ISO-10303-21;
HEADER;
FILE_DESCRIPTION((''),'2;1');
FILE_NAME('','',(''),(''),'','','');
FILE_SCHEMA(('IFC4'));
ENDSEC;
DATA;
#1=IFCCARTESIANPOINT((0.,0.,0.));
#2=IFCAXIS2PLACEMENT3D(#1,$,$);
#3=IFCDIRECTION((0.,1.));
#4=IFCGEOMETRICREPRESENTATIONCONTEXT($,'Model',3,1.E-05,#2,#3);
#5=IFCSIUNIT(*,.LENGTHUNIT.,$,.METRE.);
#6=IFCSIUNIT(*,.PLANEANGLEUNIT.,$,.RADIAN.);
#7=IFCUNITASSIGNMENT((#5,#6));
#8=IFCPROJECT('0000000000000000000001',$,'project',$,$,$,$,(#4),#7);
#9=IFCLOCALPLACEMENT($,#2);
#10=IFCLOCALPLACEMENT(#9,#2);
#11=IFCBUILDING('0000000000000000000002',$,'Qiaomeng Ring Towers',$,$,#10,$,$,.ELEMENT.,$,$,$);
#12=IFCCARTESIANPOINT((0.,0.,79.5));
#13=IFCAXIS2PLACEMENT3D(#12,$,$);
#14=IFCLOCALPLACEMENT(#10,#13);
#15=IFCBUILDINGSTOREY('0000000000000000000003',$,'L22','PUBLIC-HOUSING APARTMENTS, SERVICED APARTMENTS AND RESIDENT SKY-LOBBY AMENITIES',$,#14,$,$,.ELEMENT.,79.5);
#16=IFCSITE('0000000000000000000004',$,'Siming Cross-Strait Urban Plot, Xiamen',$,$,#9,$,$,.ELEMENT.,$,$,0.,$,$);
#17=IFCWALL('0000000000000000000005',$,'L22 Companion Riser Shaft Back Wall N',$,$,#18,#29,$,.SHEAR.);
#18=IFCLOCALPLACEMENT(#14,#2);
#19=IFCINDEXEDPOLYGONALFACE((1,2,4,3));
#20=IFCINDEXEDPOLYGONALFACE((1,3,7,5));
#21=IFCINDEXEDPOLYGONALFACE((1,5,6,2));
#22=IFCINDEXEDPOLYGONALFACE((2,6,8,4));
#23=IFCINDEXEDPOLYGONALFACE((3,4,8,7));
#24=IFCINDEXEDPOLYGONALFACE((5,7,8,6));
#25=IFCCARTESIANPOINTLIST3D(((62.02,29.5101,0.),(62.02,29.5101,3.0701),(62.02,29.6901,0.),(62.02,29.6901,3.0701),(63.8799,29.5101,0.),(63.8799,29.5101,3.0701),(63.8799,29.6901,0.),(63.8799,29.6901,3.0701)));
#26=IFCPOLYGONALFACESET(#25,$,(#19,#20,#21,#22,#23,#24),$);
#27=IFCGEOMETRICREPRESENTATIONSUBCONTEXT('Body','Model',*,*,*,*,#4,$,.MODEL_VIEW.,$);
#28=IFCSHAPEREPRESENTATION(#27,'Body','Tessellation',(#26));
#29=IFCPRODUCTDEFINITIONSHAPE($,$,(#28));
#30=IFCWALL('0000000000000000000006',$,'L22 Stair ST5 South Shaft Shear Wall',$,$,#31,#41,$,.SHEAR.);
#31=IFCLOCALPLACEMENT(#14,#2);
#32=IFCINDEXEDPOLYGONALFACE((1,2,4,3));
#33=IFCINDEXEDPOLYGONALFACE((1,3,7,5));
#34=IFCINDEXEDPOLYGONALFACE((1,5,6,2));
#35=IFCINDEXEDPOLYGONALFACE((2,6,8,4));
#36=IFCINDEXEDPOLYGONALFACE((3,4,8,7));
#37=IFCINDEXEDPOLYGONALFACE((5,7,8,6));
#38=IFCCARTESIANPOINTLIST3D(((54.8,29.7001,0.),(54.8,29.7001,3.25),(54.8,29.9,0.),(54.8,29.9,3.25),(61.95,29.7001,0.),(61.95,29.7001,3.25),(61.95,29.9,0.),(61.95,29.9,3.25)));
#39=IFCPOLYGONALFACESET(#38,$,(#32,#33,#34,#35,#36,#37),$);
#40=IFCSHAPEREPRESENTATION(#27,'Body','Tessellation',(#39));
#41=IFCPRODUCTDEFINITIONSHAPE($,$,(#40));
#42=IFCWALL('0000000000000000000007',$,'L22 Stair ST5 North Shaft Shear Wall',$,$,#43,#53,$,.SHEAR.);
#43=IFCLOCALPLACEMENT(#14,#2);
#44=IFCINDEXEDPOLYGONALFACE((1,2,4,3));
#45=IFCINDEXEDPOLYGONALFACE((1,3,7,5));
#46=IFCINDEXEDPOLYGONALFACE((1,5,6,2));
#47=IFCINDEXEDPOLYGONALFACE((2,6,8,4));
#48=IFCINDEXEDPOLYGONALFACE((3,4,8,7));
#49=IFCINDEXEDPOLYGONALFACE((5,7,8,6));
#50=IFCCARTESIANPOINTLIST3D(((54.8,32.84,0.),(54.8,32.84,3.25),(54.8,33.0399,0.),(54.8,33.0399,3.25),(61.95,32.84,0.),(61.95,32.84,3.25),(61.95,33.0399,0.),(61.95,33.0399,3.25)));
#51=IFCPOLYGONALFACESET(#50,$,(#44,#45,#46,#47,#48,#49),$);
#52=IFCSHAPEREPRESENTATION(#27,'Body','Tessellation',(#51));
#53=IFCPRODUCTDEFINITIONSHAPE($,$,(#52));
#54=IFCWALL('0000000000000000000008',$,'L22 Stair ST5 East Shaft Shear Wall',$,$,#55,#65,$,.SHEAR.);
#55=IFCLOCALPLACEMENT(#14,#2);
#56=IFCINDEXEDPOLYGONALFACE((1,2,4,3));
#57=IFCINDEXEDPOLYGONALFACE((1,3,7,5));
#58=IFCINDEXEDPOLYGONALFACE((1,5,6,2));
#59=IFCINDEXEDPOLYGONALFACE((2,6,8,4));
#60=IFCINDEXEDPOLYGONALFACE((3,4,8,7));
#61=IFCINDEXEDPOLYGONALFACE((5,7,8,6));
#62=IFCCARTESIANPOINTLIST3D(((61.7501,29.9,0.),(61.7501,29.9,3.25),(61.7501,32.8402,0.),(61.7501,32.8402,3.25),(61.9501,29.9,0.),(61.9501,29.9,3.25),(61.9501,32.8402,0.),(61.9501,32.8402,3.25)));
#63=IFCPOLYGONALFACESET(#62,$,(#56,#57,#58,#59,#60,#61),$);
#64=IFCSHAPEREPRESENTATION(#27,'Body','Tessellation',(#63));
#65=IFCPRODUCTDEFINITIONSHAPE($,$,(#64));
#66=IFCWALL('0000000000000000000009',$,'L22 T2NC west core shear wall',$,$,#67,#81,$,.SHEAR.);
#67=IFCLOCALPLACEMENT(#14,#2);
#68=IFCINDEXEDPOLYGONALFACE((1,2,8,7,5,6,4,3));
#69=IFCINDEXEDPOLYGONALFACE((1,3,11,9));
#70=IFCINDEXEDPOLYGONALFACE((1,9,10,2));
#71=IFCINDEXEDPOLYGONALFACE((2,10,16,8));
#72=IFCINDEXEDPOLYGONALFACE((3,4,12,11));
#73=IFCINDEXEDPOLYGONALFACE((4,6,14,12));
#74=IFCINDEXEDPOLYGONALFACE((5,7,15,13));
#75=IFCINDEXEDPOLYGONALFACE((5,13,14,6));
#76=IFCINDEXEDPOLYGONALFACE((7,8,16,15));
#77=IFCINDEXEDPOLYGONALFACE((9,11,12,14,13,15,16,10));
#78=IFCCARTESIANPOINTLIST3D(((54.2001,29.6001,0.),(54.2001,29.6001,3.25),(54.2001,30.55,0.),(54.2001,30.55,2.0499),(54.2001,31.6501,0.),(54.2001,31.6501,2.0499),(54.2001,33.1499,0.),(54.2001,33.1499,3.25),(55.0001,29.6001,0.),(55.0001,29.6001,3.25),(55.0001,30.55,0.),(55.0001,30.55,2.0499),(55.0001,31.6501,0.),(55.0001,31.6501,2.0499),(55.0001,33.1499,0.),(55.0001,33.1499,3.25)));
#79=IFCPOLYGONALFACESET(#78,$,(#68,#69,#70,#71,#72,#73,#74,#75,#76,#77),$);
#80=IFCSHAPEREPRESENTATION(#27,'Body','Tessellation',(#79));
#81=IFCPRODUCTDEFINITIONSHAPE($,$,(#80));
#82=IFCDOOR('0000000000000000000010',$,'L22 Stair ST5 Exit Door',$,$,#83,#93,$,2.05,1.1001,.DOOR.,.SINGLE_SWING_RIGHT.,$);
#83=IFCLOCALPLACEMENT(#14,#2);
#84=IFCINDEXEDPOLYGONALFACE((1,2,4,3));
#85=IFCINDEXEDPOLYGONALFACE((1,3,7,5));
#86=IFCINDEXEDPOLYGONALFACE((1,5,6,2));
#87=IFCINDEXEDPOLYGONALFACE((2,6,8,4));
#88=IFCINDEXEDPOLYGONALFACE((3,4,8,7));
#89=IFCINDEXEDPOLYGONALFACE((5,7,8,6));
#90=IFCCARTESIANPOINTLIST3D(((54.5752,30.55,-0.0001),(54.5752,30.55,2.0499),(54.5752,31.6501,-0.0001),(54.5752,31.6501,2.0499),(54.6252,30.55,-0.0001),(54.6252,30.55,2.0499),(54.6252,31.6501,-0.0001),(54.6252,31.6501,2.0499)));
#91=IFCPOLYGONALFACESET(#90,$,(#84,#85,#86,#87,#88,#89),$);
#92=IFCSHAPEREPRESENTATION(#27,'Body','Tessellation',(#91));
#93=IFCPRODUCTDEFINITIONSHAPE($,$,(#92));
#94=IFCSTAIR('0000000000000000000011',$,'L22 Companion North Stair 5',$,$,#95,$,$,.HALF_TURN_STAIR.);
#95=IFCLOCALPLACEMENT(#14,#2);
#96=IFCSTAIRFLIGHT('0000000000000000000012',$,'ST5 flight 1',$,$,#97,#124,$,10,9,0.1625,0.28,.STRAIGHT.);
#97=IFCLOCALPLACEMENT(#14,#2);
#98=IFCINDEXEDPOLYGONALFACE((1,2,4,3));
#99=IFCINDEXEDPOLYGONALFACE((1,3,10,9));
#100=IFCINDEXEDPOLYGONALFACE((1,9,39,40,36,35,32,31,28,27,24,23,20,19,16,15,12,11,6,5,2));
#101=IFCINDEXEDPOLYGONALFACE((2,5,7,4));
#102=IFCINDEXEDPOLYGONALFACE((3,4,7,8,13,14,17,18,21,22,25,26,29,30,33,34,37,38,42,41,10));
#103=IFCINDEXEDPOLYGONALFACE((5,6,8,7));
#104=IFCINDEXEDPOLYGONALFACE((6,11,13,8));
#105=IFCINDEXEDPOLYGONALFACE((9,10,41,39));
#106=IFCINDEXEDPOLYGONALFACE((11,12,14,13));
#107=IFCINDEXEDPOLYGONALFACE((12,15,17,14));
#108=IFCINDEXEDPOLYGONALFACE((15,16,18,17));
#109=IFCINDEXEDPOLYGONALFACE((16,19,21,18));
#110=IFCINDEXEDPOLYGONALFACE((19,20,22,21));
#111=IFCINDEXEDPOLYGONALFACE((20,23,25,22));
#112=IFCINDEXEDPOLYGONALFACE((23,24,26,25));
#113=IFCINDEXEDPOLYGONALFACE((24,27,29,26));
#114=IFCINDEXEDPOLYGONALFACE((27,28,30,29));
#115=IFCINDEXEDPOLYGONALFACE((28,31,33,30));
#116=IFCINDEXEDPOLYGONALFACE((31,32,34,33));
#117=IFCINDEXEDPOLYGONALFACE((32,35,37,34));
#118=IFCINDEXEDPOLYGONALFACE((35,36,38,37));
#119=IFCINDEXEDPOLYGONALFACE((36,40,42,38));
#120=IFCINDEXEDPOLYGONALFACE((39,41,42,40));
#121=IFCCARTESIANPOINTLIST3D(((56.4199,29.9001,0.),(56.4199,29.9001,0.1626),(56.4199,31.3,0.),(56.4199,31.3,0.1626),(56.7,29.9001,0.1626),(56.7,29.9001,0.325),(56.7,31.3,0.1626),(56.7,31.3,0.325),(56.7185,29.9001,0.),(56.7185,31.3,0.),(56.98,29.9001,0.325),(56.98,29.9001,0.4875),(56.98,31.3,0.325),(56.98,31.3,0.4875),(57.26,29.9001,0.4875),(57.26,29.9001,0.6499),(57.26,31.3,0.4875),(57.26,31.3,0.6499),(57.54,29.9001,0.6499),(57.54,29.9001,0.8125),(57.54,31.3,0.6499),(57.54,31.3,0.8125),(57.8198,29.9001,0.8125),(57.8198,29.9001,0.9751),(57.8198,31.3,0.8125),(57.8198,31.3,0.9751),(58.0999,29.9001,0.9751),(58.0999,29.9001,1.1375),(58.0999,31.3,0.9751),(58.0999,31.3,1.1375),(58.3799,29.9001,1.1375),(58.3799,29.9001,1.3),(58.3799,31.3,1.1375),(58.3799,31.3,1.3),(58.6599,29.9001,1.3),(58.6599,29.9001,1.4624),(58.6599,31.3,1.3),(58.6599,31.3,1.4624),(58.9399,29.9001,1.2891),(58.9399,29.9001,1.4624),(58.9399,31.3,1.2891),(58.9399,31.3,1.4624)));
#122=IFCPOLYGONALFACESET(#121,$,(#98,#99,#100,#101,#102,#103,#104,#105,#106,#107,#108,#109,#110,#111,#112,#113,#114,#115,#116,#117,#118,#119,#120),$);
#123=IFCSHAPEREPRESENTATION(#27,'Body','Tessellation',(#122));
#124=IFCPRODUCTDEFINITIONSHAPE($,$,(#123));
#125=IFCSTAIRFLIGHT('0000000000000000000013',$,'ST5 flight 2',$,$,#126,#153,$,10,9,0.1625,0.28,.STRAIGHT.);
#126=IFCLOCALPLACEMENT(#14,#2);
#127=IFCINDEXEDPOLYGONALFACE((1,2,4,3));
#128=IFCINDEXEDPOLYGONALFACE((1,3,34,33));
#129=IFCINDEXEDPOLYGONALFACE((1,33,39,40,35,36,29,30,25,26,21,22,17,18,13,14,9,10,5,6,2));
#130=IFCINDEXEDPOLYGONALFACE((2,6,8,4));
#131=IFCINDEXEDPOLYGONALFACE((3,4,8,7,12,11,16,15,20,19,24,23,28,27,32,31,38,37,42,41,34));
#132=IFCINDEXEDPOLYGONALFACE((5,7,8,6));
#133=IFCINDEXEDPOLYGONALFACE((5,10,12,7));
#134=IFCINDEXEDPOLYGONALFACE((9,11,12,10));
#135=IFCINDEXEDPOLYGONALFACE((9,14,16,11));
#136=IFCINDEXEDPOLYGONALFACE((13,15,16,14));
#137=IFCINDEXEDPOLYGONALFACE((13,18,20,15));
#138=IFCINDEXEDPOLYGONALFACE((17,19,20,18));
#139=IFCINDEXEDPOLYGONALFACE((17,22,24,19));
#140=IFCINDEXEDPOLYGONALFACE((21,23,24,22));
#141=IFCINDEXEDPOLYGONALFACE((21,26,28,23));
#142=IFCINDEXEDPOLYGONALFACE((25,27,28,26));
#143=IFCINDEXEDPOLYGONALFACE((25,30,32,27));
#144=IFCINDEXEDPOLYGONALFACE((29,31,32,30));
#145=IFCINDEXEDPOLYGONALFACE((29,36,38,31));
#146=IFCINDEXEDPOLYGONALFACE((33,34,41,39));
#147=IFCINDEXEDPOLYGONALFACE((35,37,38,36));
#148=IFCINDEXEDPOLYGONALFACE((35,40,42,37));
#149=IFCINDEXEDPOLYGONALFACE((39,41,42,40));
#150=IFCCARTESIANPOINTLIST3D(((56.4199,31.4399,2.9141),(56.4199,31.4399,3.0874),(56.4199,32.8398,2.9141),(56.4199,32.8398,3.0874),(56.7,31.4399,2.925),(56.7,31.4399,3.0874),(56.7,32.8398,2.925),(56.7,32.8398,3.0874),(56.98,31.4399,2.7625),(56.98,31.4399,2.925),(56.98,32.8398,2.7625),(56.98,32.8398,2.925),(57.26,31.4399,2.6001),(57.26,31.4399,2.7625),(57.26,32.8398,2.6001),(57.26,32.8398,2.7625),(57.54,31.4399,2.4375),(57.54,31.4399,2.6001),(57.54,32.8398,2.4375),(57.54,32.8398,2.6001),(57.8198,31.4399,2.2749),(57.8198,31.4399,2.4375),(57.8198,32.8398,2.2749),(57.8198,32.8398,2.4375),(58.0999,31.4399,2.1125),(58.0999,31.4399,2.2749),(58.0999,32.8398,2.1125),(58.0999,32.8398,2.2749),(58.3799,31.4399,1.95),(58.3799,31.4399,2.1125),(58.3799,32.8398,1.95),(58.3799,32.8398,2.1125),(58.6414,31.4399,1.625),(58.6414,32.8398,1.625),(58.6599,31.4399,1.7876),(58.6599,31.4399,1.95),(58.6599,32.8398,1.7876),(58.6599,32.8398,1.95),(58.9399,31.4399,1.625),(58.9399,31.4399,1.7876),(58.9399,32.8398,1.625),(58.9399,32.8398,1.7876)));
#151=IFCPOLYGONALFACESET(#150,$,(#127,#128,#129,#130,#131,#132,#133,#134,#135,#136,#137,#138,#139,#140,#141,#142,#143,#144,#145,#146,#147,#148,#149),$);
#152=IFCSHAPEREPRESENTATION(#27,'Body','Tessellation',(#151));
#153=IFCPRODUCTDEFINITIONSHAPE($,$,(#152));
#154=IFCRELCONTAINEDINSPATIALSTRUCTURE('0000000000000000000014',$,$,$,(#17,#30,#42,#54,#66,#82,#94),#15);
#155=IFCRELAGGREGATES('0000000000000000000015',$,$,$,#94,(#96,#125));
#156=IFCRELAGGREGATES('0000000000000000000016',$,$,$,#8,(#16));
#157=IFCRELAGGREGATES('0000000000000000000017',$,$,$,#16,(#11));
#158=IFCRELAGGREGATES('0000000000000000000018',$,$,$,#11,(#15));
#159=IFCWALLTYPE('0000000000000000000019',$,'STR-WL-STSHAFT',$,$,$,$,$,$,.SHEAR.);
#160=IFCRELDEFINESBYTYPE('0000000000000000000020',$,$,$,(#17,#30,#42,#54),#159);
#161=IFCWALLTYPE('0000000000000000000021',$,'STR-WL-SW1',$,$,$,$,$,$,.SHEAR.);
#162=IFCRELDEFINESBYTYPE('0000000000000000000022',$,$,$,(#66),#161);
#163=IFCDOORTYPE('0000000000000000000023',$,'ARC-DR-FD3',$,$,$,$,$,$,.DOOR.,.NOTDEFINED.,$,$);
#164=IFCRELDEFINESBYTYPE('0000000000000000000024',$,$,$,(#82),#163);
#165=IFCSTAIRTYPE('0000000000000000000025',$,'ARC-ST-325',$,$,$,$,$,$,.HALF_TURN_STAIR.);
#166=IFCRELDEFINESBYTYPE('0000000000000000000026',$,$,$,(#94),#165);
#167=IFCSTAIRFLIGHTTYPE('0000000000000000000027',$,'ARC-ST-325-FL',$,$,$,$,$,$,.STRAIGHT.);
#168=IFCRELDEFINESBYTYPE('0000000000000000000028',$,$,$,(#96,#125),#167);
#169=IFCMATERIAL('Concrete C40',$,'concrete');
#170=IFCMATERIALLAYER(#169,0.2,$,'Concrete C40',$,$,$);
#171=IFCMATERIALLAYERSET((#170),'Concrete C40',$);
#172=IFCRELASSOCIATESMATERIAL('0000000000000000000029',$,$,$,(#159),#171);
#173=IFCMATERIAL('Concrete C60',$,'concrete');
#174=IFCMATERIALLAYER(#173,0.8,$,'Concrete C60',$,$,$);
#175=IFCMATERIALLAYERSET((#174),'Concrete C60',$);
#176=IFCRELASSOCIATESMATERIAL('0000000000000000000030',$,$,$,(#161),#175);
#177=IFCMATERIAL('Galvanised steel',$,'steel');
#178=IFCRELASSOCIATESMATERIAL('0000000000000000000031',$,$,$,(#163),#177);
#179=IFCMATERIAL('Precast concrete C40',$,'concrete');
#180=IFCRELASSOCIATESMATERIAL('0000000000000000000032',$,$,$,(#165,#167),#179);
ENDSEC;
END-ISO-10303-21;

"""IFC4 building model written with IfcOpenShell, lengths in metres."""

from ifc_helpers import new_model, si_unit, direction, frame, frame_2d, origin, place, context, subcontext, project, spatial, polyline, rectangle, outline, extrude, source, transform, mapped, material, layer, layer_set, type_object, element, fill, aggregate, save


model = new_model("IFC4")

# Units and contexts
model_context = context("Model", 3, precision=1e-05, world=origin(), true_north=direction((0.0, 1.0)))
body_context = subcontext(model_context, "Body", "Model", "MODEL_VIEW")
ifc_project = project(units=[si_unit("LENGTHUNIT", "METRE"), si_unit("PLANEANGLEUNIT", "RADIAN")], contexts=[model_context])

# Site, building, storey
site_placement = place(None, origin())
site = spatial("IfcSite", under=ifc_project, at=site_placement, Name="Siming Cross-Strait Urban Plot, Xiamen", CompositionType="ELEMENT", RefElevation=0.0)
building_placement = place(site_placement, origin())
building = spatial("IfcBuilding", under=site, at=building_placement, Name="Qiaomeng Ring Towers", CompositionType="ELEMENT")
storey_placement = place(building_placement, frame((0.0, 0.0, 79.5)))
storey = spatial("IfcBuildingStorey", under=building, at=storey_placement, Name="L22", Description="PUBLIC-HOUSING APARTMENTS, SERVICED APARTMENTS AND RESIDENT SKY-LOBBY AMENITIES", CompositionType="ELEMENT", Elevation=79.5)

# Walls
ifc_material_1 = material(Name="Concrete C40", Category="concrete")
ifc_layer_1 = layer(ifc_material_1, 0.2, Name="Concrete C40")
ifc_layer_set_1 = layer_set([ifc_layer_1], Name="Concrete C40")
wall_type_1 = type_object("IfcWallType", Name="STR-WL-STSHAFT", PredefinedType="SHEAR", material=ifc_layer_set_1)
for number, where, z_axis, x_axis, name in (
    (1, (62.02, 29.6001, 0.0), (0.0, 0.0, 1.0), (1.0, 0.0, 0.0), "L22 Companion Riser Shaft Back Wall N"),
):
    element("IfcWall", number, at=place(storey_placement, frame(where, z_axis=z_axis, x_axis=x_axis)), inside=storey, type_object=wall_type_1, Name=name, PredefinedType="SHEAR", context=body_context, shape_type="SweptSolid", body=[
        extrude(rectangle(XDim=1.8599, YDim=0.1799, at=frame_2d((0.9299, 0.0))), origin(), (0.0, 0.0, 1.0), 3.0701),
    ])
for number, where, z_axis, x_axis, name in (
    (2, (54.8, 29.8, 0.0), (0.0, 0.0, 1.0), (1.0, 0.0, 0.0), "L22 Stair ST5 South Shaft Shear Wall"),
    (3, (54.8, 32.9399, 0.0), (0.0, 0.0, 1.0), (1.0, 0.0, 0.0), "L22 Stair ST5 North Shaft Shear Wall"),
):
    element("IfcWall", number, at=place(storey_placement, frame(where, z_axis=z_axis, x_axis=x_axis)), inside=storey, type_object=wall_type_1, Name=name, PredefinedType="SHEAR", context=body_context, shape_type="SweptSolid", body=[
        extrude(rectangle(XDim=7.1499, YDim=0.2, at=frame_2d((3.575, 0.0))), origin(), (0.0, 0.0, 1.0), 3.25),
    ])
wall_1_placement = place(storey_placement, frame((61.8501, 29.8999, 0.0), z_axis=(0.0, 0.0, 1.0), x_axis=(0.0, 1.0, 0.0)))
element("IfcWall", 4, at=wall_1_placement, inside=storey, type_object=wall_type_1, Name="L22 Stair ST5 East Shaft Shear Wall", PredefinedType="SHEAR", context=body_context, shape_type="SweptSolid", body=[
    extrude(rectangle(XDim=2.9402, YDim=0.2, at=frame_2d((1.4702, 0.0))), origin(), (0.0, 0.0, 1.0), 3.25),
])

# Wall, opening, door
ifc_material_2 = material(Name="Concrete C60", Category="concrete")
ifc_layer_2 = layer(ifc_material_2, 0.8, Name="Concrete C60")
ifc_layer_set_2 = layer_set([ifc_layer_2], Name="Concrete C60")
wall_type_2 = type_object("IfcWallType", Name="STR-WL-SW1", PredefinedType="SHEAR", material=ifc_layer_set_2)
wall_2_placement = place(storey_placement, frame((54.6001, 29.6001, 0.0), z_axis=(0.0, 0.0, 1.0), x_axis=(0.0, 1.0, 0.0)))
wall_2 = element("IfcWall", 5, at=wall_2_placement, inside=storey, type_object=wall_type_2, Name="L22 T2NC west core shear wall", PredefinedType="SHEAR", context=body_context, shape_type="SweptSolid", body=[
    extrude(rectangle(XDim=3.5498, YDim=0.8, at=frame_2d((1.7749, 0.0))), origin(), (0.0, 0.0, 1.0), 3.25),
])
opening_placement = place(wall_2_placement, frame((0.95, 0.0, 0.0)))
opening = element("IfcOpeningElement", 6, at=opening_placement, cuts=wall_2, PredefinedType="OPENING", context=body_context, shape_type="SweptSolid", body=[
    extrude(rectangle(XDim=1.1001, YDim=2.05, at=frame_2d((0.55, 1.0249))), frame((0.0, 0.4099, 0.0), z_axis=(0.0, -1.0, 0.0), x_axis=(1.0, 0.0, 0.0)), (0.0, 0.0, 1.0), 0.8201),
])
ifc_material_3 = material(Name="Galvanised steel", Category="steel")
door_type = type_object("IfcDoorType", Name="ARC-DR-FD3", OperationType="NOTDEFINED", PredefinedType="DOOR", material=ifc_material_3)
shared_shape_1 = source(origin(), body_context, "Body", "SweptSolid", [
    extrude(rectangle(XDim=1.1001, YDim=2.05, at=frame_2d((0.55, 1.0249))), frame((0.0, 0.0249, 0.0), z_axis=(0.0, -1.0, 0.0), x_axis=(1.0, 0.0, 0.0)), (0.0, 0.0, 1.0), 0.05),
])
door_placement = place(opening_placement, origin())
door = element("IfcDoor", 7, at=door_placement, inside=storey, type_object=door_type, Name="L22 Stair ST5 Exit Door", OperationType="SINGLE_SWING_RIGHT", OverallHeight=2.05, OverallWidth=1.1001, PredefinedType="DOOR", context=body_context, shape_type="MappedRepresentation", body=[
    mapped(shared_shape_1, transform((0.0, 0.0, 0.0), x_axis=(1.0, 0.0, 0.0), y_axis=(0.0, 1.0, 0.0), z_axis=(0.0, 0.0, 1.0), scale=1.0)),
])
fill(opening, door)

# Stair, stair flights
ifc_material_4 = material(Name="Precast concrete C40", Category="concrete")
stair_type = type_object("IfcStairType", Name="ARC-ST-325", PredefinedType="HALF_TURN_STAIR", material=ifc_material_4)
stair_placement = place(storey_placement, origin())
stair = element("IfcStair", 8, at=stair_placement, inside=storey, type_object=stair_type, Name="L22 Companion North Stair 5", PredefinedType="HALF_TURN_STAIR")
stair_flight_type = type_object("IfcStairFlightType", Name="ARC-ST-325-FL", PredefinedType="STRAIGHT", material=ifc_material_4)
shared_shape_2 = source(origin(), body_context, "Body", "SweptSolid", [
    extrude(outline(polyline([(0.0, 0.0), (0.0, 0.1626), (0.28, 0.1626), (0.28, 0.325), (0.5601, 0.325), (0.5601, 0.4875), (0.8401, 0.4875), (0.8401, 0.6499), (1.1201, 0.6499), (1.1201, 0.8125), (1.3999, 0.8125), (1.3999, 0.9751), (1.6799, 0.9751), (1.6799, 1.1375), (1.96, 1.1375), (1.96, 1.3), (2.24, 1.3), (2.24, 1.4624), (2.52, 1.4624), (2.52, 1.625), (2.52, 1.2891), (0.2986, 0.0), (0.0, 0.0)])), frame((0.0, 0.7, 0.0), z_axis=(0.0, -1.0, 0.0), x_axis=(1.0, 0.0, 0.0)), (0.0, 0.0, 1.0), 1.3999),
])
stair_flight_1_placement = place(storey_placement, frame((56.4199, 30.6001, 0.0), z_axis=(0.0, 0.0, 1.0), x_axis=(1.0, 0.0, 0.0)))
stair_flight_1 = element("IfcStairFlight", 9, at=stair_flight_1_placement, type_object=stair_flight_type, Name="ST5 flight 1", NumberOfRisers=10, NumberOfTreads=9, PredefinedType="STRAIGHT", RiserHeight=0.1625, TreadLength=0.28, context=body_context, shape_type="MappedRepresentation", body=[
    mapped(shared_shape_2, transform((0.0, 0.0, 0.0), x_axis=(1.0, 0.0, 0.0), y_axis=(0.0, 1.0, 0.0), z_axis=(0.0, 0.0, 1.0), scale=1.0)),
])
stair_flight_2_placement = place(storey_placement, frame((58.9399, 32.1399, 1.625), z_axis=(0.0, 0.0, 1.0), x_axis=(-1.0, 0.0, 0.0)))
stair_flight_2 = element("IfcStairFlight", 10, at=stair_flight_2_placement, type_object=stair_flight_type, Name="ST5 flight 2", NumberOfRisers=10, NumberOfTreads=9, PredefinedType="STRAIGHT", RiserHeight=0.1625, TreadLength=0.28, context=body_context, shape_type="MappedRepresentation", body=[
    mapped(shared_shape_2, transform((0.0, 0.0, 0.0), x_axis=(1.0, 0.0, 0.0), y_axis=(0.0, 1.0, 0.0), z_axis=(0.0, 0.0, 1.0), scale=1.0)),
])
aggregate(stair, [stair_flight_1, stair_flight_2])

save(model, "model.ifc")
